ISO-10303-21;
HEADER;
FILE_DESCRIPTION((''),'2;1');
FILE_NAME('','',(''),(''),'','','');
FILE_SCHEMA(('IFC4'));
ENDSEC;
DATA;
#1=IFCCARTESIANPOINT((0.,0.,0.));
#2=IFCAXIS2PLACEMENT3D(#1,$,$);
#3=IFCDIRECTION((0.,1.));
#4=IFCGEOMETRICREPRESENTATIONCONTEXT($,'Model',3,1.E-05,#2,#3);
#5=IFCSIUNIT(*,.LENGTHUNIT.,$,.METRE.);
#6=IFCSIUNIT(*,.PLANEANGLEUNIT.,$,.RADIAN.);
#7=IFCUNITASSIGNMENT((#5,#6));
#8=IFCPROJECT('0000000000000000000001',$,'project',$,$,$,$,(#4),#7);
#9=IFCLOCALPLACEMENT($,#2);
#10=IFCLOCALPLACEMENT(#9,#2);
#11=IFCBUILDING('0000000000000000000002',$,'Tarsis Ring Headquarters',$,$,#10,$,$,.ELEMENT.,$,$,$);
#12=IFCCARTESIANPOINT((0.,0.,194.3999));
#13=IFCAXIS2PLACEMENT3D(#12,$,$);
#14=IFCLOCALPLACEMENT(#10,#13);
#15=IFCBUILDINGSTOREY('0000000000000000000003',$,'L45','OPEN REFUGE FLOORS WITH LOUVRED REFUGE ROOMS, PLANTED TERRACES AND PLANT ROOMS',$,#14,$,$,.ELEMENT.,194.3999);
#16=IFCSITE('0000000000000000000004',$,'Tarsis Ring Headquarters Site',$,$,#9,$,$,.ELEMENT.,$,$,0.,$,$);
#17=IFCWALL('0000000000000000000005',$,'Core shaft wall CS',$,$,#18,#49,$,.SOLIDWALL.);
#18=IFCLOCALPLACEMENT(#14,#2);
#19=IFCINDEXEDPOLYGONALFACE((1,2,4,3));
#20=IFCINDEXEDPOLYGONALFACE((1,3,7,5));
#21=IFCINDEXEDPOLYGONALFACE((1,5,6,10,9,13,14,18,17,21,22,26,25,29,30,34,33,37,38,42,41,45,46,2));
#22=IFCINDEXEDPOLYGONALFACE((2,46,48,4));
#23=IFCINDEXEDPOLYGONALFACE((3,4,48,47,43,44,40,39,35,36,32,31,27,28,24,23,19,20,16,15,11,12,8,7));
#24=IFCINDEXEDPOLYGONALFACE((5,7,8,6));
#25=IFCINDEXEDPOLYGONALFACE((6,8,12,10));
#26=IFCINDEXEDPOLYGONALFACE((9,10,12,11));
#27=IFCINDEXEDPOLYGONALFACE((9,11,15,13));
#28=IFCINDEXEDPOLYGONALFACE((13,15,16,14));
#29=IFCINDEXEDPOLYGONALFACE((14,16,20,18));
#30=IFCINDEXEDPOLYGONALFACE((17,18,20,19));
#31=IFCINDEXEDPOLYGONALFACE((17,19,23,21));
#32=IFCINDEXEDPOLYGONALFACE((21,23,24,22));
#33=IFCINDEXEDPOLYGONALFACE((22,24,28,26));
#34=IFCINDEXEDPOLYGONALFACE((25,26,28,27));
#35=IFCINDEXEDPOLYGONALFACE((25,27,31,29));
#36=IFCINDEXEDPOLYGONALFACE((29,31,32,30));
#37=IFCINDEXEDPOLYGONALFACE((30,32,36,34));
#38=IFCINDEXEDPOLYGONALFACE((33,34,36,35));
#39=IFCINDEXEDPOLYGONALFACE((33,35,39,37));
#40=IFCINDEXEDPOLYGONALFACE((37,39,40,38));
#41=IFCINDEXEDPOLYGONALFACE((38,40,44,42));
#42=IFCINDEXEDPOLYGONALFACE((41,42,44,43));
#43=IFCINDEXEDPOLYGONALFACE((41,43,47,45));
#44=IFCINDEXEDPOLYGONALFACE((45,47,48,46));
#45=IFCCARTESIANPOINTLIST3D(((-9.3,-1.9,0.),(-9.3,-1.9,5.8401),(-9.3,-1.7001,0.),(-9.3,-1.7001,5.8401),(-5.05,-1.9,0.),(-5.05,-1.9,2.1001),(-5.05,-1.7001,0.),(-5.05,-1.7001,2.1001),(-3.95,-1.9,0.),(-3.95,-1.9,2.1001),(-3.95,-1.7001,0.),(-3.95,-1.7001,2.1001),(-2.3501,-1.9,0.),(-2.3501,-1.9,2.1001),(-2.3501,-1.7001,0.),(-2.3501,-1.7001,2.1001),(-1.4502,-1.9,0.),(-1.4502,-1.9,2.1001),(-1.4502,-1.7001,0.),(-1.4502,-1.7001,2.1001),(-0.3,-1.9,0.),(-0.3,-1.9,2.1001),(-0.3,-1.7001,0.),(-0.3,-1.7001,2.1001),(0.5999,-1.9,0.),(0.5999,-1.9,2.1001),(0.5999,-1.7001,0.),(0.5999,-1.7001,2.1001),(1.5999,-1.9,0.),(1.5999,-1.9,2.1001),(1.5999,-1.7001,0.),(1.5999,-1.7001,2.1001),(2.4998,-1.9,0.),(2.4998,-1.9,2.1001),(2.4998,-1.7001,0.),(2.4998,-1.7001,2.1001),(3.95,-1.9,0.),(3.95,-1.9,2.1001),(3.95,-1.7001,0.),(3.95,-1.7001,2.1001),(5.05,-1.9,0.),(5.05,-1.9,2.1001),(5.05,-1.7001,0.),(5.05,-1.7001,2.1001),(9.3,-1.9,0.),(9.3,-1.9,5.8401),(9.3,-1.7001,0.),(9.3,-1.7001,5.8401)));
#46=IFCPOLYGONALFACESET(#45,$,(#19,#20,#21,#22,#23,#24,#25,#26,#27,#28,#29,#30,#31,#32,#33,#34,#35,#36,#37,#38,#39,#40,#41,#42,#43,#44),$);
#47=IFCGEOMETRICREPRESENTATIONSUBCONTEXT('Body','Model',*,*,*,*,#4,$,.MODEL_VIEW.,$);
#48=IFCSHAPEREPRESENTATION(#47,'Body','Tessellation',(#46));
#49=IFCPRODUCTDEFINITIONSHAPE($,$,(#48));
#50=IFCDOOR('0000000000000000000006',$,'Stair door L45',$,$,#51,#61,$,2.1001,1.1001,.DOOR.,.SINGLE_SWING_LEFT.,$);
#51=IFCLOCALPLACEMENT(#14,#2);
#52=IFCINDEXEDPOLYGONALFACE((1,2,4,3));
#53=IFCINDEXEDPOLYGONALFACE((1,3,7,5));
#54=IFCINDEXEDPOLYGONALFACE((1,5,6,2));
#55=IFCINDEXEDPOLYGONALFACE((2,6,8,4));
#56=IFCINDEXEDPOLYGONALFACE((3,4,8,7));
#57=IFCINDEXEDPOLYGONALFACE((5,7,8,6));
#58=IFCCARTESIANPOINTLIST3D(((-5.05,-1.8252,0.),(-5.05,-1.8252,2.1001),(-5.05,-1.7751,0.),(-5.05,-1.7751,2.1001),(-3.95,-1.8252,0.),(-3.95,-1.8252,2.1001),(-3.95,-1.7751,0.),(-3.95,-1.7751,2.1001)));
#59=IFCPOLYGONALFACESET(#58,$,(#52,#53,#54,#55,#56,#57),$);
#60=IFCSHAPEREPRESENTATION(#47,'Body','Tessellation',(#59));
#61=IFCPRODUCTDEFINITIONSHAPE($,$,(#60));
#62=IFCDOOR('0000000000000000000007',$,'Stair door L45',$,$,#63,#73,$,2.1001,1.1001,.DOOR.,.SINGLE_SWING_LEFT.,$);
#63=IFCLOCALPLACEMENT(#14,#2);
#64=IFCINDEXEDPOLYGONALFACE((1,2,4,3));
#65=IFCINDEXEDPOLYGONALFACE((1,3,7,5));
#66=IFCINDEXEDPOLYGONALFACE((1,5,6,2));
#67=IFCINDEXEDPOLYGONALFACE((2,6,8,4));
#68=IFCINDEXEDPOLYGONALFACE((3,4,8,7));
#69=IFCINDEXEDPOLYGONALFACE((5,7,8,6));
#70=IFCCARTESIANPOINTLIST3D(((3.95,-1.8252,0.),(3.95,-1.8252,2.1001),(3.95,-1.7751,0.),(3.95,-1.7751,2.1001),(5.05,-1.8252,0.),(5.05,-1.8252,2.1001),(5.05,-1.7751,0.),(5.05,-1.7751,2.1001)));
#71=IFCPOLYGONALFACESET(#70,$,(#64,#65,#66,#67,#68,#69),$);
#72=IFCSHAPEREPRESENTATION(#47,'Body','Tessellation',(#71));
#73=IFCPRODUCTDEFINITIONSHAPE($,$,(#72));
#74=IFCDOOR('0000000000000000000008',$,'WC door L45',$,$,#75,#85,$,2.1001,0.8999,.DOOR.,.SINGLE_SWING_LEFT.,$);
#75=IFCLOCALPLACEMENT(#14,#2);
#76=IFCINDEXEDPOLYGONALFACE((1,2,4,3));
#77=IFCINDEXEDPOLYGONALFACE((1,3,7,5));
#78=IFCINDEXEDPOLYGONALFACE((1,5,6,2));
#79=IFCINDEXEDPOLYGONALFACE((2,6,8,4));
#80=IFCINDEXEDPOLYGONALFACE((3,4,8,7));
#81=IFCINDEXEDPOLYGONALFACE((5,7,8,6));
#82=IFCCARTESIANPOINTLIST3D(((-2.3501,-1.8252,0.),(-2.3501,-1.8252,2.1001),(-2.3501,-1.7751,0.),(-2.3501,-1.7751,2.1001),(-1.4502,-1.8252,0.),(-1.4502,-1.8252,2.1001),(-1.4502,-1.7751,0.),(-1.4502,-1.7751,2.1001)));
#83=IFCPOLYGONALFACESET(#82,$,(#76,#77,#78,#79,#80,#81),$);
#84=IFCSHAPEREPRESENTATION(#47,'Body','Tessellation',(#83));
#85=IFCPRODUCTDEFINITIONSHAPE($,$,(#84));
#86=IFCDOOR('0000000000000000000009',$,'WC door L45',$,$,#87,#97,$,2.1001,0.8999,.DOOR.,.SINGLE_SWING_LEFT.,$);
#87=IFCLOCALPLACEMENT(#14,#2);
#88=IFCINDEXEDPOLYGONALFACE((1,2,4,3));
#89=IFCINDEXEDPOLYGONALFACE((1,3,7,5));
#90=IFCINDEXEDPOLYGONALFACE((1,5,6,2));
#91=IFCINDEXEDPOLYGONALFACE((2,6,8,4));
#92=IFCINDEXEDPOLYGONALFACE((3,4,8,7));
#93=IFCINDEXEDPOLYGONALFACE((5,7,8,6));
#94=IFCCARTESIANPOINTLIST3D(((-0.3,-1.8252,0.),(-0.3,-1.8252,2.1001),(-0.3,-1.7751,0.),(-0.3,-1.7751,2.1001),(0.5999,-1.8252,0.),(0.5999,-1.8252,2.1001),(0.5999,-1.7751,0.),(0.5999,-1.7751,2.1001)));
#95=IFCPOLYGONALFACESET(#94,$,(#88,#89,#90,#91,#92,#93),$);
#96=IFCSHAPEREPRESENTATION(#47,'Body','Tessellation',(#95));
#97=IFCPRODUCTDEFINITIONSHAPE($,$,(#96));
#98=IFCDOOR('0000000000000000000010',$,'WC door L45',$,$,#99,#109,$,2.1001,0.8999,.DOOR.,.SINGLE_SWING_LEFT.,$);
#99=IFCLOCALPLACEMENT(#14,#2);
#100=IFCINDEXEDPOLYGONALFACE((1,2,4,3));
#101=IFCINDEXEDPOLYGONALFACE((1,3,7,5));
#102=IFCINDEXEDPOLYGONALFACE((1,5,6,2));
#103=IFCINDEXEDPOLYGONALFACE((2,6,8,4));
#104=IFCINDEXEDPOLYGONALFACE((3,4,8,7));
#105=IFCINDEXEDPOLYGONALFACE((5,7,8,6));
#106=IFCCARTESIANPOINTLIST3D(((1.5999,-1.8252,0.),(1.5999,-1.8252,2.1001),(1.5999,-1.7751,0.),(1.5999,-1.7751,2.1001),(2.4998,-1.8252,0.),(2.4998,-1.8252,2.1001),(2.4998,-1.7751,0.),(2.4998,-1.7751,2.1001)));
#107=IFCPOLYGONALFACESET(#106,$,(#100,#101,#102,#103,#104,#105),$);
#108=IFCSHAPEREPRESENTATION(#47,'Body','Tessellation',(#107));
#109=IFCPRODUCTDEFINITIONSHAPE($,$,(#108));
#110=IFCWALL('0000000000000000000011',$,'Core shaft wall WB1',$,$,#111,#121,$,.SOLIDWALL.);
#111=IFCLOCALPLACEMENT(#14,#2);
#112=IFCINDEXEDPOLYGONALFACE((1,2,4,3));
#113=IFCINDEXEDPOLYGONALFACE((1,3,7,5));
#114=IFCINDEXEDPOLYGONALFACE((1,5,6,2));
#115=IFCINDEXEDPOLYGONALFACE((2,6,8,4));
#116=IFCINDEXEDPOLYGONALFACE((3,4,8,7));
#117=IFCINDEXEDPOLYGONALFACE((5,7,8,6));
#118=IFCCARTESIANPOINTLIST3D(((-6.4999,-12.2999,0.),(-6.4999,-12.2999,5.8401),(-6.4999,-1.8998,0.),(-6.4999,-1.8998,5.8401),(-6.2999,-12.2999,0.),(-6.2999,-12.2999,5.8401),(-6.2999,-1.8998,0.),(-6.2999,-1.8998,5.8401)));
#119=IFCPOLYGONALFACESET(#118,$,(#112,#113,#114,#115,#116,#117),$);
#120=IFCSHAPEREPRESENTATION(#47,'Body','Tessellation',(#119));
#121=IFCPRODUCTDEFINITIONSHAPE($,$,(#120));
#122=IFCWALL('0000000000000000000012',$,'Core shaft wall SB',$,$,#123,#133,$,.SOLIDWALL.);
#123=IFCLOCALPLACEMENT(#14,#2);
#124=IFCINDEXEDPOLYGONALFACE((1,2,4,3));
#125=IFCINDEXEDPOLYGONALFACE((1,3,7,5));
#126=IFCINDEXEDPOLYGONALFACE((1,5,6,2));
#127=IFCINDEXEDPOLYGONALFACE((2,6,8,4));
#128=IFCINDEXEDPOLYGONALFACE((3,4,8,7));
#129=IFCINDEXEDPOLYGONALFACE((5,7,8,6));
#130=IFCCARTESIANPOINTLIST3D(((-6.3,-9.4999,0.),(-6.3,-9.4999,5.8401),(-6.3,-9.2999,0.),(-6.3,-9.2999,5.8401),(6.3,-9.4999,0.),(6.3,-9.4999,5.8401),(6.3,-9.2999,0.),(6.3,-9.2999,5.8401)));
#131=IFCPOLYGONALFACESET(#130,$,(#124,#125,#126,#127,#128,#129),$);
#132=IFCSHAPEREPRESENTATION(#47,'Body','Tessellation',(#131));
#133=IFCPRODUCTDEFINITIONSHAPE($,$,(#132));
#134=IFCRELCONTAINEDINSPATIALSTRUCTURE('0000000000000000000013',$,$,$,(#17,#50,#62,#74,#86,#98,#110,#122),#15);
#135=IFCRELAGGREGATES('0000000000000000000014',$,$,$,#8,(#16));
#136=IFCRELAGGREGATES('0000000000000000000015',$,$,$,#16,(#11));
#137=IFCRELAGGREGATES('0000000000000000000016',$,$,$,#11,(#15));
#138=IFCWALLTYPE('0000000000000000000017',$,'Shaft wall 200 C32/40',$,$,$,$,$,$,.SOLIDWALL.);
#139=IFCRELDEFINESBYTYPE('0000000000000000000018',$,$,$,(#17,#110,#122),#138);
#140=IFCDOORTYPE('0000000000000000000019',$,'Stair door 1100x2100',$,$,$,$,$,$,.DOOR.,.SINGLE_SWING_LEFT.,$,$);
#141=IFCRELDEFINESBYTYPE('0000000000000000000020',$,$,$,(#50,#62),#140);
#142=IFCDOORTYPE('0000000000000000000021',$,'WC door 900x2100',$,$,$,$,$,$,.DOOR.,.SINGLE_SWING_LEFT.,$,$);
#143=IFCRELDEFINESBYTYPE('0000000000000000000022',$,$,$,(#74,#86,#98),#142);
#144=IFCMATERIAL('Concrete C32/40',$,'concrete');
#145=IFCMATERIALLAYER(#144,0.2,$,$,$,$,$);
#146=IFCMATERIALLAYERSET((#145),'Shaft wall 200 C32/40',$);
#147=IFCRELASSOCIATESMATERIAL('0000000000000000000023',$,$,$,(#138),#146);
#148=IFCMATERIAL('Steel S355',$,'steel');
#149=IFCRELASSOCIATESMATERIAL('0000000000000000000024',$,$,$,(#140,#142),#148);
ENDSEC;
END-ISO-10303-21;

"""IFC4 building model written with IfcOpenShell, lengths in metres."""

from ifc_helpers import new_model, si_unit, direction, frame, frame_2d, origin, place, context, subcontext, project, spatial, rectangle, extrude, material, layer, layer_set, type_object, element, fill, save


model = new_model("IFC4")

# Units and contexts
model_context = context("Model", 3, precision=1e-05, world=origin(), true_north=direction((0.0, 1.0)))
body_context = subcontext(model_context, "Body", "Model", "MODEL_VIEW")
ifc_project = project(units=[si_unit("LENGTHUNIT", "METRE"), si_unit("PLANEANGLEUNIT", "RADIAN")], contexts=[model_context])

# Site, building, storey
site_placement = place(None, origin())
site = spatial("IfcSite", under=ifc_project, at=site_placement, Name="Tarsis Ring Headquarters Site", CompositionType="ELEMENT", RefElevation=0.0)
building_placement = place(site_placement, origin())
building = spatial("IfcBuilding", under=site, at=building_placement, Name="Tarsis Ring Headquarters", CompositionType="ELEMENT")
storey_placement = place(building_placement, frame((0.0, 0.0, 194.3999)))
storey = spatial("IfcBuildingStorey", under=building, at=storey_placement, Name="L45", Description="OPEN REFUGE FLOORS WITH LOUVRED REFUGE ROOMS, PLANTED TERRACES AND PLANT ROOMS", CompositionType="ELEMENT", Elevation=194.3999)

# Shared definitions
ifc_material_1 = material(Name="Steel S355", Category="steel")

# Wall, openings, doors
ifc_material_2 = material(Name="Concrete C32/40", Category="concrete")
ifc_layer_1 = layer(ifc_material_2, 0.2)
ifc_layer_set_1 = layer_set([ifc_layer_1], Name="Shaft wall 200 C32/40")
wall_type_1 = type_object("IfcWallType", Name="Shaft wall 200 C32/40", PredefinedType="SOLIDWALL", material=ifc_layer_set_1)
wall_1_placement = place(storey_placement, frame((-9.3, -1.8, 0.0), z_axis=(0.0, 0.0, 1.0), x_axis=(1.0, 0.0, 0.0)))
wall_1 = element("IfcWall", 1, at=wall_1_placement, inside=storey, type_object=wall_type_1, Name="Core shaft wall CS", PredefinedType="SOLIDWALL", context=body_context, shape_type="SweptSolid", body=[
    extrude(rectangle(XDim=18.6001, YDim=0.2, at=frame_2d((9.3, 0.0))), origin(), (0.0, 0.0, 1.0), 5.8401),
])
opening_1_placement = place(wall_1_placement, frame((4.25, 0.0, 0.0)))
opening_1 = element("IfcOpeningElement", 2, at=opening_1_placement, cuts=wall_1, PredefinedType="OPENING", context=body_context, shape_type="SweptSolid", body=[
    extrude(rectangle(XDim=1.1001, YDim=2.1001, at=frame_2d((0.55, 1.05))), frame((0.0, 0.1099, 0.0), z_axis=(0.0, -1.0, 0.0), x_axis=(1.0, 0.0, 0.0)), (0.0, 0.0, 1.0), 0.22),
])
opening_2_placement = place(wall_1_placement, frame((6.95, 0.0, 0.0)))
opening_2 = element("IfcOpeningElement", 3, at=opening_2_placement, cuts=wall_1, PredefinedType="OPENING", context=body_context, shape_type="SweptSolid", body=[
    extrude(rectangle(XDim=0.8999, YDim=2.1001, at=frame_2d((0.45, 1.05))), frame((0.0, 0.1099, 0.0), z_axis=(0.0, -1.0, 0.0), x_axis=(1.0, 0.0, 0.0)), (0.0, 0.0, 1.0), 0.22),
])
opening_3_placement = place(wall_1_placement, frame((9.0, 0.0, 0.0)))
opening_3 = element("IfcOpeningElement", 4, at=opening_3_placement, cuts=wall_1, PredefinedType="OPENING", context=body_context, shape_type="SweptSolid", body=[
    extrude(rectangle(XDim=0.8999, YDim=2.1001, at=frame_2d((0.45, 1.05))), frame((0.0, 0.1099, 0.0), z_axis=(0.0, -1.0, 0.0), x_axis=(1.0, 0.0, 0.0)), (0.0, 0.0, 1.0), 0.22),
])
opening_4_placement = place(wall_1_placement, frame((10.8999, 0.0, 0.0)))
opening_4 = element("IfcOpeningElement", 5, at=opening_4_placement, cuts=wall_1, PredefinedType="OPENING", context=body_context, shape_type="SweptSolid", body=[
    extrude(rectangle(XDim=0.8999, YDim=2.1001, at=frame_2d((0.45, 1.05))), frame((0.0, 0.1099, 0.0), z_axis=(0.0, -1.0, 0.0), x_axis=(1.0, 0.0, 0.0)), (0.0, 0.0, 1.0), 0.22),
])
opening_5_placement = place(wall_1_placement, frame((13.25, 0.0, 0.0)))
opening_5 = element("IfcOpeningElement", 6, at=opening_5_placement, cuts=wall_1, PredefinedType="OPENING", context=body_context, shape_type="SweptSolid", body=[
    extrude(rectangle(XDim=1.1001, YDim=2.1001, at=frame_2d((0.55, 1.05))), frame((0.0, 0.1099, 0.0), z_axis=(0.0, -1.0, 0.0), x_axis=(1.0, 0.0, 0.0)), (0.0, 0.0, 1.0), 0.22),
])
door_type_1 = type_object("IfcDoorType", Name="Stair door 1100x2100", OperationType="SINGLE_SWING_LEFT", PredefinedType="DOOR", material=ifc_material_1)
door_1_placement = place(opening_1_placement, origin())
door_1 = element("IfcDoor", 7, at=door_1_placement, inside=storey, type_object=door_type_1, Name="Stair door L45", OperationType="SINGLE_SWING_LEFT", OverallHeight=2.1001, OverallWidth=1.1001, PredefinedType="DOOR", context=body_context, shape_type="SweptSolid", body=[
    extrude(rectangle(XDim=1.1001, YDim=2.1001, at=frame_2d((0.55, 1.05))), frame((0.0, 0.0249, 0.0), z_axis=(0.0, -1.0, 0.0), x_axis=(1.0, 0.0, 0.0)), (0.0, 0.0, 1.0), 0.05),
])
fill(opening_1, door_1)
door_2_placement = place(opening_5_placement, origin())
door_2 = element("IfcDoor", 8, at=door_2_placement, inside=storey, type_object=door_type_1, Name="Stair door L45", OperationType="SINGLE_SWING_LEFT", OverallHeight=2.1001, OverallWidth=1.1001, PredefinedType="DOOR", context=body_context, shape_type="SweptSolid", body=[
    extrude(rectangle(XDim=1.1001, YDim=2.1001, at=frame_2d((0.55, 1.05))), frame((0.0, 0.0249, 0.0), z_axis=(0.0, -1.0, 0.0), x_axis=(1.0, 0.0, 0.0)), (0.0, 0.0, 1.0), 0.05),
])
fill(opening_5, door_2)
door_type_2 = type_object("IfcDoorType", Name="WC door 900x2100", OperationType="SINGLE_SWING_LEFT", PredefinedType="DOOR", material=ifc_material_1)
door_3_placement = place(opening_2_placement, origin())
door_3 = element("IfcDoor", 9, at=door_3_placement, inside=storey, type_object=door_type_2, Name="WC door L45", OperationType="SINGLE_SWING_LEFT", OverallHeight=2.1001, OverallWidth=0.8999, PredefinedType="DOOR", context=body_context, shape_type="SweptSolid", body=[
    extrude(rectangle(XDim=0.8999, YDim=2.1001, at=frame_2d((0.45, 1.05))), frame((0.0, 0.0249, 0.0), z_axis=(0.0, -1.0, 0.0), x_axis=(1.0, 0.0, 0.0)), (0.0, 0.0, 1.0), 0.05),
])
fill(opening_2, door_3)
door_4_placement = place(opening_3_placement, origin())
door_4 = element("IfcDoor", 10, at=door_4_placement, inside=storey, type_object=door_type_2, Name="WC door L45", OperationType="SINGLE_SWING_LEFT", OverallHeight=2.1001, OverallWidth=0.8999, PredefinedType="DOOR", context=body_context, shape_type="SweptSolid", body=[
    extrude(rectangle(XDim=0.8999, YDim=2.1001, at=frame_2d((0.45, 1.05))), frame((0.0, 0.0249, 0.0), z_axis=(0.0, -1.0, 0.0), x_axis=(1.0, 0.0, 0.0)), (0.0, 0.0, 1.0), 0.05),
])
fill(opening_3, door_4)
door_5_placement = place(opening_4_placement, origin())
door_5 = element("IfcDoor", 11, at=door_5_placement, inside=storey, type_object=door_type_2, Name="WC door L45", OperationType="SINGLE_SWING_LEFT", OverallHeight=2.1001, OverallWidth=0.8999, PredefinedType="DOOR", context=body_context, shape_type="SweptSolid", body=[
    extrude(rectangle(XDim=0.8999, YDim=2.1001, at=frame_2d((0.45, 1.05))), frame((0.0, 0.0249, 0.0), z_axis=(0.0, -1.0, 0.0), x_axis=(1.0, 0.0, 0.0)), (0.0, 0.0, 1.0), 0.05),
])
fill(opening_4, door_5)

# Walls
wall_2_placement = place(storey_placement, frame((-6.3999, -12.3, 0.0), z_axis=(0.0, 0.0, 1.0), x_axis=(0.0, 1.0, 0.0)))
element("IfcWall", 12, at=wall_2_placement, inside=storey, type_object=wall_type_1, Name="Core shaft wall WB1", PredefinedType="SOLIDWALL", context=body_context, shape_type="SweptSolid", body=[
    extrude(rectangle(XDim=10.4001, YDim=0.2, at=frame_2d((5.2002, 0.0))), origin(), (0.0, 0.0, 1.0), 5.8401),
])
wall_3_placement = place(storey_placement, frame((-6.3, -9.3999, 0.0), z_axis=(0.0, 0.0, 1.0), x_axis=(1.0, 0.0, 0.0)))
element("IfcWall", 13, at=wall_3_placement, inside=storey, type_object=wall_type_1, Name="Core shaft wall SB", PredefinedType="SOLIDWALL", context=body_context, shape_type="SweptSolid", body=[
    extrude(rectangle(XDim=12.6001, YDim=0.2, at=frame_2d((6.3, 0.0))), origin(), (0.0, 0.0, 1.0), 5.8401),
])

save(model, "model.ifc")
